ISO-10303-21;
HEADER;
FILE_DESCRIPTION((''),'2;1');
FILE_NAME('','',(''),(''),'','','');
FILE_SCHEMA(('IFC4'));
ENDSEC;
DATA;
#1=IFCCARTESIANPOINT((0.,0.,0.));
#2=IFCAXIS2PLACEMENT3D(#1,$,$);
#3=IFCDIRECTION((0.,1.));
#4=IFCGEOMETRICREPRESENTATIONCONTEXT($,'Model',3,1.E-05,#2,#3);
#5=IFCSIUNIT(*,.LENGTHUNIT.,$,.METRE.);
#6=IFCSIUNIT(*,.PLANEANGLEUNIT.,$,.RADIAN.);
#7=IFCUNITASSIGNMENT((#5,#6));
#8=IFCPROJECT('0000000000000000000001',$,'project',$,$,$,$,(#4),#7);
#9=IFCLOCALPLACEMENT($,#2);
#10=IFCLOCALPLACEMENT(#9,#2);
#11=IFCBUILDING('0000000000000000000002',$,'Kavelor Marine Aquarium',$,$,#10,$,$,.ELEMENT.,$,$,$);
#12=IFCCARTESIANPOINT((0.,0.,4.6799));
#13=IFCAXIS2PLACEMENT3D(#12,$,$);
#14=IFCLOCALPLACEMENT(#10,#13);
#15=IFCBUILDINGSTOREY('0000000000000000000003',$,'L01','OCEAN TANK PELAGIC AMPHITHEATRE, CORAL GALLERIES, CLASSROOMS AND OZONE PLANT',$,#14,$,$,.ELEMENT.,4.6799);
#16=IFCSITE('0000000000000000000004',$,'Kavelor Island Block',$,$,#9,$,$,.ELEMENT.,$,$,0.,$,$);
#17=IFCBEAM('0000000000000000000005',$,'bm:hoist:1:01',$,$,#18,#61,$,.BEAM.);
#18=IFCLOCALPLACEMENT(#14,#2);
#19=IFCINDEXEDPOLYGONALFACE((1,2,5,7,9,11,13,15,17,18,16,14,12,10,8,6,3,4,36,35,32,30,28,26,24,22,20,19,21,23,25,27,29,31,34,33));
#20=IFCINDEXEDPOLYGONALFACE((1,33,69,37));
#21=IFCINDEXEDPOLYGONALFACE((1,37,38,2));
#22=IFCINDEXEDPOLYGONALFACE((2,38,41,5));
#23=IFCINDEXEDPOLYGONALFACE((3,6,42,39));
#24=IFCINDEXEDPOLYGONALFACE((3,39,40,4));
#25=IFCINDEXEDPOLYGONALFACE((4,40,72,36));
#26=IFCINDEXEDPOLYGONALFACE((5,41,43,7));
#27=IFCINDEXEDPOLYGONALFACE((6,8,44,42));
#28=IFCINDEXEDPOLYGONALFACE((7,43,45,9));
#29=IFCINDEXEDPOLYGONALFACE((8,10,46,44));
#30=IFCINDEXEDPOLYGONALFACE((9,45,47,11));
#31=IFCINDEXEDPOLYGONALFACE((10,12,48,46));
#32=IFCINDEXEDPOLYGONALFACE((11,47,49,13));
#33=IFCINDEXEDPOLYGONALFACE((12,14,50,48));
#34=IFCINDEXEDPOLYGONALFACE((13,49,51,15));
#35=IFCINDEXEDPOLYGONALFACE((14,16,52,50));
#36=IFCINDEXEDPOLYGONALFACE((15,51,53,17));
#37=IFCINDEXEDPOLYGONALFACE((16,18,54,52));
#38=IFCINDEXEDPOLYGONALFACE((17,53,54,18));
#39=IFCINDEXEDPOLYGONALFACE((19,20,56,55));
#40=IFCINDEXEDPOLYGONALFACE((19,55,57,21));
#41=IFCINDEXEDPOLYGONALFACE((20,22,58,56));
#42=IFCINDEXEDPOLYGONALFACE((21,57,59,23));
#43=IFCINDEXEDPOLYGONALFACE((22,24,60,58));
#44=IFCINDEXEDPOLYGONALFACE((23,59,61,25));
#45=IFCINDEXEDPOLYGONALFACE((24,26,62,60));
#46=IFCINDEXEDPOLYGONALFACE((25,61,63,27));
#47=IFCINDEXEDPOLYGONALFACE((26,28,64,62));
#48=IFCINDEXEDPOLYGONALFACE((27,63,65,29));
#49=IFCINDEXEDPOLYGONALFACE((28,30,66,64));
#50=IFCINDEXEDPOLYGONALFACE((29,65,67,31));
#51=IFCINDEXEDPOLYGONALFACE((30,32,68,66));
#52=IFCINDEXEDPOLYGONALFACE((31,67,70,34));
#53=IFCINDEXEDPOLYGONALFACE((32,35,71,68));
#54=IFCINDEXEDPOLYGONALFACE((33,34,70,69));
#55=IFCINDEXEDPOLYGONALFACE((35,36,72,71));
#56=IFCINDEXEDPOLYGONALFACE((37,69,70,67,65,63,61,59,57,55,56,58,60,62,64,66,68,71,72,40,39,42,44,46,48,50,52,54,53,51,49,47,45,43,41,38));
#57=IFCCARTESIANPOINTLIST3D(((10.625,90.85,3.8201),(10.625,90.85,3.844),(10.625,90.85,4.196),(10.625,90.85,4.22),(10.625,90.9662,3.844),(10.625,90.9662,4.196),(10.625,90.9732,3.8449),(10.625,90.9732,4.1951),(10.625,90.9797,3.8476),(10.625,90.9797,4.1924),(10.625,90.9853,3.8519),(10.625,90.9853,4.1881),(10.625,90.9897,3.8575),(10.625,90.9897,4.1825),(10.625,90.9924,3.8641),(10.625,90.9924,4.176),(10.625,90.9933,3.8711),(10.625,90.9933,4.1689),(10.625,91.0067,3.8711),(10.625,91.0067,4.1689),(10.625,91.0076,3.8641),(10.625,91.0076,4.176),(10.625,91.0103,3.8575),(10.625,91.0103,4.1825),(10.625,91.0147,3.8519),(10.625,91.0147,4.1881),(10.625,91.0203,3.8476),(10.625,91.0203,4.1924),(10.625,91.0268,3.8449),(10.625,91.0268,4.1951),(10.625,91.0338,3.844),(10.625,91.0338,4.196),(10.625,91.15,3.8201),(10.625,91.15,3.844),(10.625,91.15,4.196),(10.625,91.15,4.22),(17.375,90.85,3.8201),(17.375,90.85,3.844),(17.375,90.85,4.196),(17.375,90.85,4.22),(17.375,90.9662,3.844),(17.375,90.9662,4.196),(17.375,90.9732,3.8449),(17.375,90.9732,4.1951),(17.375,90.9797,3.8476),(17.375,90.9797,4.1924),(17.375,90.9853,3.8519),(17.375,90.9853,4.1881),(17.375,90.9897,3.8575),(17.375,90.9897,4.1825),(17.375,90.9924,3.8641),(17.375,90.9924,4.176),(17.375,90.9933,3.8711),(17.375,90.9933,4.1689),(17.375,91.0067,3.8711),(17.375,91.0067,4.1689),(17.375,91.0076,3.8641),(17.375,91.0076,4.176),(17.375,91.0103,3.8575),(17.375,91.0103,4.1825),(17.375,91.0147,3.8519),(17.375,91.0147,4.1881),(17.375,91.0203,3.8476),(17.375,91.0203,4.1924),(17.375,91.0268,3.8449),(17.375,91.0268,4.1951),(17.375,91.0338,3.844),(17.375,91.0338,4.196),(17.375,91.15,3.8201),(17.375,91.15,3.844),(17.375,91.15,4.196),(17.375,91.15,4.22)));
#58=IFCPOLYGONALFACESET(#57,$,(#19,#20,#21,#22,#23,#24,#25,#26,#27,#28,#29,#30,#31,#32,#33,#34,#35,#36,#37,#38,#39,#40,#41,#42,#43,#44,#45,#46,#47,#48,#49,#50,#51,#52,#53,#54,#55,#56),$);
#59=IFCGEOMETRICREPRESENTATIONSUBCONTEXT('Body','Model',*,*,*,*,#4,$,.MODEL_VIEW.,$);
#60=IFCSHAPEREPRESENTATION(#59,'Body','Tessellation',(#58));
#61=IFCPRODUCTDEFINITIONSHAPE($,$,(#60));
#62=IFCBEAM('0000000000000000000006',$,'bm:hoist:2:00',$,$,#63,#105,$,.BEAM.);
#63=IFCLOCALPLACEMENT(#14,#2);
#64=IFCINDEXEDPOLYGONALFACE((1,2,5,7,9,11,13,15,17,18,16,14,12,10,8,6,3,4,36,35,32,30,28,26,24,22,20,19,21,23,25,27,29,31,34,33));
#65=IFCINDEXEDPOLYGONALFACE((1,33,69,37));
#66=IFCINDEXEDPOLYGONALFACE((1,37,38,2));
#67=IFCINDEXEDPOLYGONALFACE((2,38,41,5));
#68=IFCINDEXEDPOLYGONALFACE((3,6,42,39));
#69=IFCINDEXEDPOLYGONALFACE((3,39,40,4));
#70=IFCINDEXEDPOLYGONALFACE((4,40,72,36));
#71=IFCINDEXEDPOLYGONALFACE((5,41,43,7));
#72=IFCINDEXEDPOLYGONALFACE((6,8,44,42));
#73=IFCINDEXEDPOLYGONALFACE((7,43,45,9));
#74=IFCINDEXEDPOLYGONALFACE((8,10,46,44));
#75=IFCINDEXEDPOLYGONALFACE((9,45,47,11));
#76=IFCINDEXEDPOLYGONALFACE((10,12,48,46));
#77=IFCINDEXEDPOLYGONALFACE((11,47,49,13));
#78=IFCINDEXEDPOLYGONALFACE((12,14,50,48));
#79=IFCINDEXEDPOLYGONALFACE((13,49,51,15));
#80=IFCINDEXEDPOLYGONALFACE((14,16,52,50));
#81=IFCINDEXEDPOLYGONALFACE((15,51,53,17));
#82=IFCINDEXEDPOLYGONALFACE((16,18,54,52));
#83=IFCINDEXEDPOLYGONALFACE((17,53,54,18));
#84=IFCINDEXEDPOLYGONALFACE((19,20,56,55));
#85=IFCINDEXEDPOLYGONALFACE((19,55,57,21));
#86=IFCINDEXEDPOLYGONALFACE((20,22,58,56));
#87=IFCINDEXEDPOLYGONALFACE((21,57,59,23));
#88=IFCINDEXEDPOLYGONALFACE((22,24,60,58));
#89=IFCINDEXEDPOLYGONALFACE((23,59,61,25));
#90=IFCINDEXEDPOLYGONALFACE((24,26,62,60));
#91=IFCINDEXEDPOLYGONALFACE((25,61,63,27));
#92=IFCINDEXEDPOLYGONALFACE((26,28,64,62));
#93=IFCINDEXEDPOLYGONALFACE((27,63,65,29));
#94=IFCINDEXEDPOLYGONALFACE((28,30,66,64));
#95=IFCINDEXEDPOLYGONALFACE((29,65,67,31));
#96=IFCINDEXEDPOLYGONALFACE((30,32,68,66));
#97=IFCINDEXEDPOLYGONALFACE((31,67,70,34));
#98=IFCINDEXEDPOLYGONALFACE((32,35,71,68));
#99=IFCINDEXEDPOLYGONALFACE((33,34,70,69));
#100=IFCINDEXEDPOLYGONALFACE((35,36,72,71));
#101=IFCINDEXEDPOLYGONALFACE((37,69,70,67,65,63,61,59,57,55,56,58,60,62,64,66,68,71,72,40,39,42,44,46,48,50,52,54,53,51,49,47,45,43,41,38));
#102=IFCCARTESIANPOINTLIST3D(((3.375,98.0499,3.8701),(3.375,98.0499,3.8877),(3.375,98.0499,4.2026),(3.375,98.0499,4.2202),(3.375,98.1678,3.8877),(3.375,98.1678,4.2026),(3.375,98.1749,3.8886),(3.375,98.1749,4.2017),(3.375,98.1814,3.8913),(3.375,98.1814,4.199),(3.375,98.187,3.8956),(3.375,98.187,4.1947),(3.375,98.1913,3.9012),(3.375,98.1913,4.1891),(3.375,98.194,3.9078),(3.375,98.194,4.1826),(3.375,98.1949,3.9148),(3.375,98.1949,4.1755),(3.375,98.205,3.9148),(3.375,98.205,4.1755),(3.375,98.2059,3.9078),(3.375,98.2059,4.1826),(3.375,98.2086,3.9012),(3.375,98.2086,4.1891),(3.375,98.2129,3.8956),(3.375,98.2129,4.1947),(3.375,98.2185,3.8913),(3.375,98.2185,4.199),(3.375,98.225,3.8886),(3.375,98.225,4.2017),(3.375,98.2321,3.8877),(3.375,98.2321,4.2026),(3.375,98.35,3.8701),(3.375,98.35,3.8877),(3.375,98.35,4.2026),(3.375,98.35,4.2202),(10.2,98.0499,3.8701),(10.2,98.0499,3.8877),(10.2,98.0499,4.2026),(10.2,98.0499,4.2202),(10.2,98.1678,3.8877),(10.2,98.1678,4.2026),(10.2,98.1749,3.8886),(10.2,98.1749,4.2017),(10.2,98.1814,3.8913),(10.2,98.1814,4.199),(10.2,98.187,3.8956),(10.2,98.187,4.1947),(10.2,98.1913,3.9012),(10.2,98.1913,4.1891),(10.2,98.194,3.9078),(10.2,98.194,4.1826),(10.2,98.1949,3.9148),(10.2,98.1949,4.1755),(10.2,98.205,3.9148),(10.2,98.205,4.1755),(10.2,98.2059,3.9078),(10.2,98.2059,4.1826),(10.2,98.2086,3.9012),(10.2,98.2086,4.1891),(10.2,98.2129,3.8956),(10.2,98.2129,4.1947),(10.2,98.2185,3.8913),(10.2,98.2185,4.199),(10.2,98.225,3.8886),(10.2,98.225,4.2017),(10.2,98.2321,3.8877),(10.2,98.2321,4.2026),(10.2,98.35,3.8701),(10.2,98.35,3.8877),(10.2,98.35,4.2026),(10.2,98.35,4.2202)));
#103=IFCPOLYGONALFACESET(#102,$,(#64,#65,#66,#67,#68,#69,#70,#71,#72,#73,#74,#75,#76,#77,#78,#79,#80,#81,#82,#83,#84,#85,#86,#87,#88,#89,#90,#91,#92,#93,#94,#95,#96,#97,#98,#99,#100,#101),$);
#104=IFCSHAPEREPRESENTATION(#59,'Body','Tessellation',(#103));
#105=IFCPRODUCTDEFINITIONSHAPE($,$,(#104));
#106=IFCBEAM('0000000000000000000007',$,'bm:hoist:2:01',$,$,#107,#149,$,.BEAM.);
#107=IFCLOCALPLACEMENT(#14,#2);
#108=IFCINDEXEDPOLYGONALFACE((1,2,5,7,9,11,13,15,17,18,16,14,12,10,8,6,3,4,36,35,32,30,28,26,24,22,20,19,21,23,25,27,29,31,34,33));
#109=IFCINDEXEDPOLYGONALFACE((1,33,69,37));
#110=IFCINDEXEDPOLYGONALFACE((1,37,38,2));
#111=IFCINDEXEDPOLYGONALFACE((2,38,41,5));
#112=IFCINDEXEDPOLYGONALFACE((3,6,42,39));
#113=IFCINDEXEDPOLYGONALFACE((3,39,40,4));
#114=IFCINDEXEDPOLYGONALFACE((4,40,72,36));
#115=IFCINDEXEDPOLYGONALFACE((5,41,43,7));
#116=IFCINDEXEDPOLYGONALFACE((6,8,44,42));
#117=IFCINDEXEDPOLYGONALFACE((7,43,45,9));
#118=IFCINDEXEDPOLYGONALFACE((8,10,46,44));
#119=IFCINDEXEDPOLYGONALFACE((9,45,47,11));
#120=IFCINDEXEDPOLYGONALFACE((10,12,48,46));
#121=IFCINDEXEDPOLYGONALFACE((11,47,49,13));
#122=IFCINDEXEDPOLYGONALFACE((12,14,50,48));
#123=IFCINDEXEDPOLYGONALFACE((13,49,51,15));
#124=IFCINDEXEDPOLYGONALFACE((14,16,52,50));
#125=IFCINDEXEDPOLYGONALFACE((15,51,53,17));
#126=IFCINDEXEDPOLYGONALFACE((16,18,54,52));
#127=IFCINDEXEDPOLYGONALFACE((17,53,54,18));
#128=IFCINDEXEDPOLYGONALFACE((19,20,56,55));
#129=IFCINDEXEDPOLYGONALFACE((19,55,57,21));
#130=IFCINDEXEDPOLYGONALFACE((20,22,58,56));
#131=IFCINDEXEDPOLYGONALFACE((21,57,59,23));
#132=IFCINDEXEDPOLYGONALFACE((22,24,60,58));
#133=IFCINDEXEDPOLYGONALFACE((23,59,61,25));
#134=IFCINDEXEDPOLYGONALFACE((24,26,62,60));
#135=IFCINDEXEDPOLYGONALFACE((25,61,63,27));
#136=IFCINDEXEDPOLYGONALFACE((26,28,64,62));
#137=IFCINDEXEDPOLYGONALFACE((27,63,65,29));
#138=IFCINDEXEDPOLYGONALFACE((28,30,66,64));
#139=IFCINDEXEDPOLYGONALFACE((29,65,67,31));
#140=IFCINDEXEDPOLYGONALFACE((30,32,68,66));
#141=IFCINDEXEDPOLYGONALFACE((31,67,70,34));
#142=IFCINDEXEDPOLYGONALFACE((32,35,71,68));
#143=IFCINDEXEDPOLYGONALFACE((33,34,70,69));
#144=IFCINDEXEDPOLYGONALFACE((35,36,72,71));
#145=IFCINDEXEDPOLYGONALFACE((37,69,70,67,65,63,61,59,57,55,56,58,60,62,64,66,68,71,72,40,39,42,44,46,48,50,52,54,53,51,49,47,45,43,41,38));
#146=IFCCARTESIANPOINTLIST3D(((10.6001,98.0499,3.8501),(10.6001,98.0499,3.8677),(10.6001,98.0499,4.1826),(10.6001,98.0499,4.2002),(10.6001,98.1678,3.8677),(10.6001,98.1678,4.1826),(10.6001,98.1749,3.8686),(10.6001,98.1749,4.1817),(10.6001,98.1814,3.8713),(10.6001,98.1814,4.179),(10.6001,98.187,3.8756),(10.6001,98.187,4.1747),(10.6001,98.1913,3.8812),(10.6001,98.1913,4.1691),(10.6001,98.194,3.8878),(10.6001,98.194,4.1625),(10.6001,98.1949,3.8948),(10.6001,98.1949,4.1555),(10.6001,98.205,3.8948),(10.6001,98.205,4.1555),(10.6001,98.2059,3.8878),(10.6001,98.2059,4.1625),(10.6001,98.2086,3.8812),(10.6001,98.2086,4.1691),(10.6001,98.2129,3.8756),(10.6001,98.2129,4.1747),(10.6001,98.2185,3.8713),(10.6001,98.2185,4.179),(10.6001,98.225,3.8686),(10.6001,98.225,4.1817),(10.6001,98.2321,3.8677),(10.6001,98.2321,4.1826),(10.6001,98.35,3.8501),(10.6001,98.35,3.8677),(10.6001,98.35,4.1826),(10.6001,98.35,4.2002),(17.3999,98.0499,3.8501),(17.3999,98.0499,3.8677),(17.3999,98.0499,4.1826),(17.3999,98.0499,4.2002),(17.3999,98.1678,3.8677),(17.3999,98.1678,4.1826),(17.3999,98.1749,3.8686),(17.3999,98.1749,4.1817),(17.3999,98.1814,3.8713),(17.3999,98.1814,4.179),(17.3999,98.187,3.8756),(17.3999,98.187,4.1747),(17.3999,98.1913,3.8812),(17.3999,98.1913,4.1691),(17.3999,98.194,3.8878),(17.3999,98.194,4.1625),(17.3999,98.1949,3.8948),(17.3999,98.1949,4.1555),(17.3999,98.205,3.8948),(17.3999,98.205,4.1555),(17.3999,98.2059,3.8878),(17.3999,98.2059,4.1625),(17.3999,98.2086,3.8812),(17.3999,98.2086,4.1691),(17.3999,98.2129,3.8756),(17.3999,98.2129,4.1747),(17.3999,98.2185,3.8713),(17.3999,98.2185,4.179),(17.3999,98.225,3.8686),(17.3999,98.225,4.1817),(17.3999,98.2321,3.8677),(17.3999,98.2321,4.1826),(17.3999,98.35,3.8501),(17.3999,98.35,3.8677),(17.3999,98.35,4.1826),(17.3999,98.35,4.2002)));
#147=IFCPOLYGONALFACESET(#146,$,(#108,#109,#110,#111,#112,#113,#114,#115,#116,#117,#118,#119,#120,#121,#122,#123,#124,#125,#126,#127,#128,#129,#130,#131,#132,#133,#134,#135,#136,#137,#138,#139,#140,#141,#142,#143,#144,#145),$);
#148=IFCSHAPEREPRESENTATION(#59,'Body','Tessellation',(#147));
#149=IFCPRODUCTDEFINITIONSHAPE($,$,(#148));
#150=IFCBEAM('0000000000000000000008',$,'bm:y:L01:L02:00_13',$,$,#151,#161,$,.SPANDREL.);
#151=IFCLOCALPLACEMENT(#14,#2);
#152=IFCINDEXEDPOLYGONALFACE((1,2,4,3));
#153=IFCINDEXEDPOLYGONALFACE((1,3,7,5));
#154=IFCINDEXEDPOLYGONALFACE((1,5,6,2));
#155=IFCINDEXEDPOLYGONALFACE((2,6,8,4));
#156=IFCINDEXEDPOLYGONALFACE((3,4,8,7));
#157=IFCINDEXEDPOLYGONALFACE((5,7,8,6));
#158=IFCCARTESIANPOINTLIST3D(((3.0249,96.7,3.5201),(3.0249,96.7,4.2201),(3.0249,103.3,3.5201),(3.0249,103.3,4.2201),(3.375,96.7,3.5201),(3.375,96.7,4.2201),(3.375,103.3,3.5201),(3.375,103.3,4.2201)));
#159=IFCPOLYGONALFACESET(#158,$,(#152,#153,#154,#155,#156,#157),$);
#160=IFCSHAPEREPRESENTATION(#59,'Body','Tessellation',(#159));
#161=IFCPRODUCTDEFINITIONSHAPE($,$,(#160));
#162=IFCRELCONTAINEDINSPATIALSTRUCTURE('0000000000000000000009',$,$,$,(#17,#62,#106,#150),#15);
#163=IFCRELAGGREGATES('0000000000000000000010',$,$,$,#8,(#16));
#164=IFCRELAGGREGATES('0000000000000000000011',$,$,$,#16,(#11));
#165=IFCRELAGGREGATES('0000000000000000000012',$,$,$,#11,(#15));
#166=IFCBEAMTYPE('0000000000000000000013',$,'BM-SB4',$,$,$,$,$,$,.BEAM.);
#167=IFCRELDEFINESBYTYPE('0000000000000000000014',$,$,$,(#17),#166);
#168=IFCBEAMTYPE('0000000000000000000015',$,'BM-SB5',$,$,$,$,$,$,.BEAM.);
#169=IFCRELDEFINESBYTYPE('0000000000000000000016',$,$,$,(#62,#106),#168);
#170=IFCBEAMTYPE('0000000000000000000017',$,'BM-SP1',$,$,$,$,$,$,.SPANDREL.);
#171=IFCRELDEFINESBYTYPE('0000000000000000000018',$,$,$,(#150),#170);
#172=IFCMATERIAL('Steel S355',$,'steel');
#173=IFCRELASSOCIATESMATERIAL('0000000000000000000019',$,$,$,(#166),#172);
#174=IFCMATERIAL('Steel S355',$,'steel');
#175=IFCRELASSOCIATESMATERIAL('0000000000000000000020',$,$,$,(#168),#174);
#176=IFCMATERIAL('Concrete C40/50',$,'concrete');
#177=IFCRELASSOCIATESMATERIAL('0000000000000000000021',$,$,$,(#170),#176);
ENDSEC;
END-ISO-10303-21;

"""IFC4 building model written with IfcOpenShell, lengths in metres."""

from ifc_helpers import new_model, si_unit, direction, frame, origin, origin_2d, place, context, subcontext, project, spatial, rectangle, i_section, extrude, material, material_profile, profile_set, type_object, element, save


model = new_model("IFC4")

# Units and contexts
model_context = context("Model", 3, precision=1e-05, world=origin(), true_north=direction((0.0, 1.0)))
body_context = subcontext(model_context, "Body", "Model", "MODEL_VIEW")
ifc_project = project(units=[si_unit("LENGTHUNIT", "METRE"), si_unit("PLANEANGLEUNIT", "RADIAN")], contexts=[model_context])

# Site, building, storey
site_placement = place(None, origin())
site = spatial("IfcSite", under=ifc_project, at=site_placement, Name="Kavelor Island Block", CompositionType="ELEMENT", RefElevation=0.0)
building_placement = place(site_placement, origin())
building = spatial("IfcBuilding", under=site, at=building_placement, Name="Kavelor Marine Aquarium", CompositionType="ELEMENT")
storey_placement = place(building_placement, frame((0.0, 0.0, 4.6799)))
storey = spatial("IfcBuildingStorey", under=building, at=storey_placement, Name="L01", Description="OCEAN TANK PELAGIC AMPHITHEATRE, CORAL GALLERIES, CLASSROOMS AND OZONE PLANT", CompositionType="ELEMENT", Elevation=4.6799)

# Beams
ifc_material_1 = material(Name="Steel S355", Category="steel")
ifc_material_profile_1 = material_profile(ifc_material_1, i_section(OverallWidth=0.3, OverallDepth=0.3999, WebThickness=0.0134, FlangeThickness=0.0239, FilletRadius=0.0271, at=origin_2d()), Name="HEB 400")
ifc_profile_set_1 = profile_set([ifc_material_profile_1], Name="Steel S355")
beam_type_1 = type_object("IfcBeamType", Name="BM-SB4", PredefinedType="BEAM", material=ifc_profile_set_1)
beam_1_placement = place(storey_placement, frame((10.625, 91.0, 4.02), z_axis=(1.0, 0.0, 0.0), x_axis=(0.0, 1.0, 0.0)))
element("IfcBeam", 1, at=beam_1_placement, inside=storey, type_object=beam_type_1, Name="bm:hoist:1:01", PredefinedType="BEAM", context=body_context, shape_type="SweptSolid", body=[
    extrude(i_section(OverallWidth=0.3, OverallDepth=0.3999, WebThickness=0.0134, FlangeThickness=0.0239, FilletRadius=0.0271, at=origin_2d()), origin(), (0.0, 0.0, 1.0), 6.75),
])
ifc_material_2 = material(Name="Steel S355", Category="steel")
ifc_material_profile_2 = material_profile(ifc_material_2, i_section(OverallWidth=0.3, OverallDepth=0.3501, WebThickness=0.01, FlangeThickness=0.0176, FilletRadius=0.0271, at=origin_2d()), Name="HEA 360")
ifc_profile_set_2 = profile_set([ifc_material_profile_2], Name="Steel S355")
beam_type_2 = type_object("IfcBeamType", Name="BM-SB5", PredefinedType="BEAM", material=ifc_profile_set_2)
beam_2_placement = place(storey_placement, frame((3.375, 98.2, 4.0452), z_axis=(1.0, 0.0, 0.0), x_axis=(0.0, 1.0, 0.0)))
element("IfcBeam", 2, at=beam_2_placement, inside=storey, type_object=beam_type_2, Name="bm:hoist:2:00", PredefinedType="BEAM", context=body_context, shape_type="SweptSolid", body=[
    extrude(i_section(OverallWidth=0.3, OverallDepth=0.3501, WebThickness=0.01, FlangeThickness=0.0176, FilletRadius=0.0271, at=origin_2d()), origin(), (0.0, 0.0, 1.0), 6.825),
])
beam_3_placement = place(storey_placement, frame((10.6001, 98.2, 4.0251), z_axis=(1.0, 0.0, 0.0), x_axis=(0.0, 1.0, 0.0)))
element("IfcBeam", 3, at=beam_3_placement, inside=storey, type_object=beam_type_2, Name="bm:hoist:2:01", PredefinedType="BEAM", context=body_context, shape_type="SweptSolid", body=[
    extrude(i_section(OverallWidth=0.3, OverallDepth=0.3501, WebThickness=0.01, FlangeThickness=0.0176, FilletRadius=0.0271, at=origin_2d()), origin(), (0.0, 0.0, 1.0), 6.7998),
])
ifc_material_3 = material(Name="Concrete C40/50", Category="concrete")
ifc_material_profile_3 = material_profile(ifc_material_3, rectangle(XDim=0.3501, YDim=0.7, at=origin_2d()), Name="RC-SP 350x700")
ifc_profile_set_3 = profile_set([ifc_material_profile_3], Name="Concrete C40/50")
beam_type_3 = type_object("IfcBeamType", Name="BM-SP1", PredefinedType="SPANDREL", material=ifc_profile_set_3)
beam_4_placement = place(storey_placement, frame((3.2, 96.7, 3.8701), z_axis=(0.0, 1.0, 0.0), x_axis=(-1.0, 0.0, 0.0)))
element("IfcBeam", 4, at=beam_4_placement, inside=storey, type_object=beam_type_3, Name="bm:y:L01:L02:00_13", PredefinedType="SPANDREL", context=body_context, shape_type="SweptSolid", body=[
    extrude(rectangle(XDim=0.3501, YDim=0.7, at=origin_2d()), origin(), (0.0, 0.0, 1.0), 6.6001),
])

save(model, "model.ifc")
